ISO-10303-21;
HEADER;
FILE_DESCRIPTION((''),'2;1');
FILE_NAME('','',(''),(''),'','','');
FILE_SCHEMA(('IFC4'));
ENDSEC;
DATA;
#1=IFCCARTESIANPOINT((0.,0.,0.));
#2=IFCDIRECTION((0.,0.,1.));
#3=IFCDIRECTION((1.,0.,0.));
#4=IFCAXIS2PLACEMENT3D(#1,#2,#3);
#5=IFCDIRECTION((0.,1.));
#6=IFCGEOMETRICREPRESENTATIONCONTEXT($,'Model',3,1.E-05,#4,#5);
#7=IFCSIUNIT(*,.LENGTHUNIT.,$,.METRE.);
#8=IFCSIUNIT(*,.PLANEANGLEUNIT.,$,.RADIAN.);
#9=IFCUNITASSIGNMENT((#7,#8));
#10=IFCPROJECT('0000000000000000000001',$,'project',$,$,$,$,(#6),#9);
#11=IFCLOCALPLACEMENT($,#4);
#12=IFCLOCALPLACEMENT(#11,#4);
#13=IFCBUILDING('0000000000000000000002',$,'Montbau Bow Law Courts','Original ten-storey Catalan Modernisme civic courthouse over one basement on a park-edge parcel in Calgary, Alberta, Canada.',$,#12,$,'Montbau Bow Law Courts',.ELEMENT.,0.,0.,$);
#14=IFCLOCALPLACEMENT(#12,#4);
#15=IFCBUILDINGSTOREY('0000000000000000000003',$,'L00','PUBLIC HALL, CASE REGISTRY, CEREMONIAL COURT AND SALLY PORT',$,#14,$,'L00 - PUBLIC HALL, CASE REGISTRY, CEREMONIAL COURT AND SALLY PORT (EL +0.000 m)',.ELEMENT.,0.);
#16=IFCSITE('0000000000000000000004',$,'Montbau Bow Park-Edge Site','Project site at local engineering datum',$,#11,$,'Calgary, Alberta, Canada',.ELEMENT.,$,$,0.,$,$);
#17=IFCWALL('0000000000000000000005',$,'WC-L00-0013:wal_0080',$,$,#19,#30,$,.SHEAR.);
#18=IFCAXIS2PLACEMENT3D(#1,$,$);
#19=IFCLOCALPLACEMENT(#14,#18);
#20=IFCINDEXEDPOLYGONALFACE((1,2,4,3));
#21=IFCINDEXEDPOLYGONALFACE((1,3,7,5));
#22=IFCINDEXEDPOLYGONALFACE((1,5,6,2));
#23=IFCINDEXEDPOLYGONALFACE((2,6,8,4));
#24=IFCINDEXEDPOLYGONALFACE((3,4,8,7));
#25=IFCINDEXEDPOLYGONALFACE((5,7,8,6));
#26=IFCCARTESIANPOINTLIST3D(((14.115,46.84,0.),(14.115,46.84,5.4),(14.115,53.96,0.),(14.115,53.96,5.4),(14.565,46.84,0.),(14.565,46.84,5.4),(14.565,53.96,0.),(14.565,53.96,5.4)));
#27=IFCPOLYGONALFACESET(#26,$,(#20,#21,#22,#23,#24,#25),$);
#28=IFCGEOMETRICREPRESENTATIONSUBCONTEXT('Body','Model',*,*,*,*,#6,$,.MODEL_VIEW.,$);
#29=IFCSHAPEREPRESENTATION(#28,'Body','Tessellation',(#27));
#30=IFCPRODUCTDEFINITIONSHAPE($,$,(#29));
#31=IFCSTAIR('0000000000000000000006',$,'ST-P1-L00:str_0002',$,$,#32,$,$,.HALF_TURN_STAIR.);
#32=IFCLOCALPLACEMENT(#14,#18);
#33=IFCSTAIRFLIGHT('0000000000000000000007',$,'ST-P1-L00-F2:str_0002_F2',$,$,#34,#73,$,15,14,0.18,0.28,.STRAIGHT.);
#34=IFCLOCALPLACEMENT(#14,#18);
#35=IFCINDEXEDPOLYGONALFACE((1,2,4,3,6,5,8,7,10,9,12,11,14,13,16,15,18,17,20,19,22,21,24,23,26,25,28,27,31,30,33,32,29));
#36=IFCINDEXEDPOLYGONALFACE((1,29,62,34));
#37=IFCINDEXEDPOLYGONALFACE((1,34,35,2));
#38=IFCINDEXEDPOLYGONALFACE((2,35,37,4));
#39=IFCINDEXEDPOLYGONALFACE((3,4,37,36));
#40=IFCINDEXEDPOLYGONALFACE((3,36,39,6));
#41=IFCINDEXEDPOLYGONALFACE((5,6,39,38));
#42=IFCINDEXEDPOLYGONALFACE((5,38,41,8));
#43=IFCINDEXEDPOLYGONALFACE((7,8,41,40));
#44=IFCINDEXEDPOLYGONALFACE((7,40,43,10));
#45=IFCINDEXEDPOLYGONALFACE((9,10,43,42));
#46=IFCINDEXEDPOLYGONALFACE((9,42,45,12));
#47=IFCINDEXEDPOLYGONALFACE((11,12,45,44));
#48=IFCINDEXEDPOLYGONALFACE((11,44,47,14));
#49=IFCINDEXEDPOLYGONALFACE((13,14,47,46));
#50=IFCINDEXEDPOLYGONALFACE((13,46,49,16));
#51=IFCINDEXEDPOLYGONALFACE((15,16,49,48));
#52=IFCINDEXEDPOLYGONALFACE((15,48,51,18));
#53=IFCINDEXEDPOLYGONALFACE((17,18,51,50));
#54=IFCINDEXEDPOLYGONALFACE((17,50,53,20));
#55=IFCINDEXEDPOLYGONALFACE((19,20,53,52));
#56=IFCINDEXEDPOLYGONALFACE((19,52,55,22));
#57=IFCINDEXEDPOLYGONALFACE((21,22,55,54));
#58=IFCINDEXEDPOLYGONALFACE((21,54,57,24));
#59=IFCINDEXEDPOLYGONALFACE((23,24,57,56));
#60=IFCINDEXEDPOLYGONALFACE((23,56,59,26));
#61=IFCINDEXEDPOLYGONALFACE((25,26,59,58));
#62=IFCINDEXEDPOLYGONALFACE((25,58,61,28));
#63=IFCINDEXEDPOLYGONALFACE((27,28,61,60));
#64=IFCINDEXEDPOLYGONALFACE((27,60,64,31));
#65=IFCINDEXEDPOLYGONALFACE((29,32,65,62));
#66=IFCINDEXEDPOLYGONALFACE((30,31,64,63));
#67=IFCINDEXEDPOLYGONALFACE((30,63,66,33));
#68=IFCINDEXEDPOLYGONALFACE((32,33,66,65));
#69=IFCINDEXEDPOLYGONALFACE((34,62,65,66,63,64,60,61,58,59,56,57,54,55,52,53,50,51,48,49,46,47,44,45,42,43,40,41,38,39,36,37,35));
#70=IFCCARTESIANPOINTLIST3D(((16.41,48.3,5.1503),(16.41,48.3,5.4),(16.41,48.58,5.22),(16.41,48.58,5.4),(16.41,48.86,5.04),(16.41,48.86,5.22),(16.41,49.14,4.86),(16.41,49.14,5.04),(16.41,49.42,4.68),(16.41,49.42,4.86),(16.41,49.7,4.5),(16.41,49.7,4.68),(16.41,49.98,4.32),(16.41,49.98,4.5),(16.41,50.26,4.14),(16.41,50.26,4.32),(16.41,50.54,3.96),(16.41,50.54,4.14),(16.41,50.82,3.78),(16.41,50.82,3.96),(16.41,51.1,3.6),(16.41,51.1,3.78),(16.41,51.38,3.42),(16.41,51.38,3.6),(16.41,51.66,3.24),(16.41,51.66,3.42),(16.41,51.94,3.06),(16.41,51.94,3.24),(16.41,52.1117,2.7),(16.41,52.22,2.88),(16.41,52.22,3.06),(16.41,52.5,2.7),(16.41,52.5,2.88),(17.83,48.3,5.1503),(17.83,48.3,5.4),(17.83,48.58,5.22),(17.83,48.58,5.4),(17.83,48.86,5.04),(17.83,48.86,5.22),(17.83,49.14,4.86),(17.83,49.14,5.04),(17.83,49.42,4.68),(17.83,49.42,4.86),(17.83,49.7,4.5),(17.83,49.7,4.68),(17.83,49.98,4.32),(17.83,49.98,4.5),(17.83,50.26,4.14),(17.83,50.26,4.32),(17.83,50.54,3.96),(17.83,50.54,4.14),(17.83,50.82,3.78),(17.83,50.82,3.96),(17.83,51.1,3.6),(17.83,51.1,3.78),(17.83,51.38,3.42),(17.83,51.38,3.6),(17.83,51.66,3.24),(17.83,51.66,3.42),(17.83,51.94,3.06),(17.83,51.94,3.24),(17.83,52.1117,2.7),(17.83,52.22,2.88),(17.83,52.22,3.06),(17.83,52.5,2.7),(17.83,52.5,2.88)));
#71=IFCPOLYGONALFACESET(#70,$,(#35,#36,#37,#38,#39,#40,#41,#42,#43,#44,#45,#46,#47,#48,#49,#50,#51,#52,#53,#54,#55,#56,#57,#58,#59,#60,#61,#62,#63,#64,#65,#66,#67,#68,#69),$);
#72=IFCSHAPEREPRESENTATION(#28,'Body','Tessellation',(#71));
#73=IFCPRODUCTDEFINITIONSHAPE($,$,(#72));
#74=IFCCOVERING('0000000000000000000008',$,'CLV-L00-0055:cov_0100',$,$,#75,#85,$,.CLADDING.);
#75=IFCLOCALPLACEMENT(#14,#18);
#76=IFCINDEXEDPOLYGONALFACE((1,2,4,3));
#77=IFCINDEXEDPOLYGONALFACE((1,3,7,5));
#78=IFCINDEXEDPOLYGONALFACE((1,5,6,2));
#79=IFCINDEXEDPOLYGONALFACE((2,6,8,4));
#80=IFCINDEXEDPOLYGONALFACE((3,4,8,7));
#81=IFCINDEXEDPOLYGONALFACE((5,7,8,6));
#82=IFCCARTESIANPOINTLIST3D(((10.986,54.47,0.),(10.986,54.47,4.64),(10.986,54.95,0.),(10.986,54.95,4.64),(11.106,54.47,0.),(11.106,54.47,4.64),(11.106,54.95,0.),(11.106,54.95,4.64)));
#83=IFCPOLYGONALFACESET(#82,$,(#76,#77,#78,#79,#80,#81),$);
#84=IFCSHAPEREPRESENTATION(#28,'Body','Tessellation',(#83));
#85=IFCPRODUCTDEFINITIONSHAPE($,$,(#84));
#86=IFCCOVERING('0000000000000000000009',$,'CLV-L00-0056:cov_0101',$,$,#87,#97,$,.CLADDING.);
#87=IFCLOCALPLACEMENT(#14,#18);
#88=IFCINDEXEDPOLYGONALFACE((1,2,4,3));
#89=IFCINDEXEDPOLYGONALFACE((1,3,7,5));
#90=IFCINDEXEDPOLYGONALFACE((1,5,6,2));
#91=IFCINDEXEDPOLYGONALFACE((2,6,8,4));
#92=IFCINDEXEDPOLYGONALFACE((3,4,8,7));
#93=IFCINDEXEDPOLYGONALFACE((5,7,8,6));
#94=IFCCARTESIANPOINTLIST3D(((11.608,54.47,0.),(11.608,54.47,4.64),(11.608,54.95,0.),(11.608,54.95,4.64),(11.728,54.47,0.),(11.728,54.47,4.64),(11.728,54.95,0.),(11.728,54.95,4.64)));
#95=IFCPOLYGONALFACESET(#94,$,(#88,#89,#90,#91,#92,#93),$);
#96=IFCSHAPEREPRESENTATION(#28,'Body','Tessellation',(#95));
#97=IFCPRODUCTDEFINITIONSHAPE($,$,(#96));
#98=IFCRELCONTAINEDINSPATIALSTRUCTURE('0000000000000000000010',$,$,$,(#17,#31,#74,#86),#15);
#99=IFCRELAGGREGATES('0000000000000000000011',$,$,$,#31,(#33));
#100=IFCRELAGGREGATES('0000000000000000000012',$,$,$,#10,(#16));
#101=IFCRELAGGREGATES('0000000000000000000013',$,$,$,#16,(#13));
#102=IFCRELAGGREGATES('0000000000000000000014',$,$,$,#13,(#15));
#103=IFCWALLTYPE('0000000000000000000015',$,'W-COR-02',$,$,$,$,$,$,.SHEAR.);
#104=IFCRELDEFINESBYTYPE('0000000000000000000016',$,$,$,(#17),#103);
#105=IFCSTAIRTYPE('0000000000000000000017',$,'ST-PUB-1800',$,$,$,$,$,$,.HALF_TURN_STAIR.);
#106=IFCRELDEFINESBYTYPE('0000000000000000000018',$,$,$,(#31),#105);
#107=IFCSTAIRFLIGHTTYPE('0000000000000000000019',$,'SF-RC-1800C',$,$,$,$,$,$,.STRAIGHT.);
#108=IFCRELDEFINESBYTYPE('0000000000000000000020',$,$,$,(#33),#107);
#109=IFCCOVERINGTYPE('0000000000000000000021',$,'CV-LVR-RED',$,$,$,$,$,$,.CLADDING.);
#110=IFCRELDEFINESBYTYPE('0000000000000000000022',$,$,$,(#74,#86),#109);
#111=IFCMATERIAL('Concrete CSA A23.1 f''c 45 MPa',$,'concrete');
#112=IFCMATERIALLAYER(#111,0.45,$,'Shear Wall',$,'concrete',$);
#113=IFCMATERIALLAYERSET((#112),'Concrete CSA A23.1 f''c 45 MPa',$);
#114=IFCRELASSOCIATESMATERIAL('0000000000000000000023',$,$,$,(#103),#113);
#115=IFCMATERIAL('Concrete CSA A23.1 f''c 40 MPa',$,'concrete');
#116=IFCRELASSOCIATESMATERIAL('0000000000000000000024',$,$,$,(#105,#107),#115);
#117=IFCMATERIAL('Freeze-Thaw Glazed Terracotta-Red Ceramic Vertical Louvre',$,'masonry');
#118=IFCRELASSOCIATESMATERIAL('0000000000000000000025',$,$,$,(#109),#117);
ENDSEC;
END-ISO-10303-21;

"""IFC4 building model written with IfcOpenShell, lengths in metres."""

from ifc_helpers import new_model, si_unit, direction, frame, frame_2d, origin_with_axes, place, context, subcontext, project, spatial, polyline, rectangle, outline, extrude, material, layer, layer_set, type_object, element, aggregate, save


model = new_model("IFC4")

# Units and contexts
model_context = context("Model", 3, precision=1e-05, world=origin_with_axes(), true_north=direction((0.0, 1.0)))
body_context = subcontext(model_context, "Body", "Model", "MODEL_VIEW")
ifc_project = project(units=[si_unit("LENGTHUNIT", "METRE"), si_unit("PLANEANGLEUNIT", "RADIAN")], contexts=[model_context])

# Site, building, storey
site_placement = place(None, origin_with_axes())
site = spatial("IfcSite", under=ifc_project, at=site_placement, Name="Montbau Bow Park-Edge Site", Description="Project site at local engineering datum", LongName="Calgary, Alberta, Canada", CompositionType="ELEMENT", RefElevation=0.0)
building_placement = place(site_placement, origin_with_axes())
building = spatial("IfcBuilding", under=site, at=building_placement, Name="Montbau Bow Law Courts", Description="Original ten-storey Catalan Modernisme civic courthouse over one basement on a park-edge parcel in Calgary, Alberta, Canada.", LongName="Montbau Bow Law Courts", CompositionType="ELEMENT", ElevationOfRefHeight=0.0, ElevationOfTerrain=0.0)
storey_placement = place(building_placement, origin_with_axes())
storey = spatial("IfcBuildingStorey", under=building, at=storey_placement, Name="L00", Description="PUBLIC HALL, CASE REGISTRY, CEREMONIAL COURT AND SALLY PORT", LongName="L00 - PUBLIC HALL, CASE REGISTRY, CEREMONIAL COURT AND SALLY PORT (EL +0.000 m)", CompositionType="ELEMENT", Elevation=0.0)

# Wall
ifc_material_1 = material(Name="Concrete CSA A23.1 f'c 45 MPa", Category="concrete")
ifc_layer_1 = layer(ifc_material_1, 0.45, Name="Shear Wall", Category="concrete")
ifc_layer_set_1 = layer_set([ifc_layer_1], Name="Concrete CSA A23.1 f'c 45 MPa")
wall_type = type_object("IfcWallType", Name="W-COR-02", PredefinedType="SHEAR", material=ifc_layer_set_1)
wall_placement = place(None, frame((14.34, 53.96, 0.0), z_axis=(0.0, 0.0, 1.0), x_axis=(0.0, -1.0, 0.0)))
element("IfcWall", 1, at=wall_placement, inside=storey, type_object=wall_type, Name="WC-L00-0013:wal_0080", PredefinedType="SHEAR", context=body_context, shape_type="SweptSolid", body=[
    extrude(rectangle(XDim=7.12, YDim=0.45, at=frame_2d((3.56, 0.0), x_axis=(1.0, 0.0))), origin_with_axes(), (0.0, 0.0, 1.0), 5.4),
])

# Stair, stair flight
ifc_material_2 = material(Name="Concrete CSA A23.1 f'c 40 MPa", Category="concrete")
stair_type = type_object("IfcStairType", Name="ST-PUB-1800", PredefinedType="HALF_TURN_STAIR", material=ifc_material_2)
stair_placement = place(None, frame((15.305, 48.3, 0.0), z_axis=(0.0, 0.0, 1.0), x_axis=(1.0, 0.0, 0.0)))
stair = element("IfcStair", 2, at=stair_placement, inside=storey, type_object=stair_type, Name="ST-P1-L00:str_0002", PredefinedType="HALF_TURN_STAIR")
stair_flight_type = type_object("IfcStairFlightType", Name="SF-RC-1800C", PredefinedType="STRAIGHT", material=ifc_material_2)
stair_flight_placement = place(None, frame((17.12, 52.5, 2.7), z_axis=(0.0, 0.0, 1.0), x_axis=(0.0, -1.0, 0.0)))
stair_flight = element("IfcStairFlight", 3, at=stair_flight_placement, type_object=stair_flight_type, Name="ST-P1-L00-F2:str_0002_F2", NumberOfRisers=15, NumberOfTreads=14, PredefinedType="STRAIGHT", RiserHeight=0.18, TreadLength=0.28, context=body_context, shape_type="SweptSolid", body=[
    extrude(outline(polyline([(0.0, 0.0), (0.0, 0.18), (0.28, 0.18), (0.28, 0.36), (0.56, 0.36), (0.56, 0.54), (0.84, 0.54), (0.84, 0.72), (1.12, 0.72), (1.12, 0.9), (1.4, 0.9), (1.4, 1.08), (1.68, 1.08), (1.68, 1.26), (1.96, 1.26), (1.96, 1.44), (2.24, 1.44), (2.24, 1.62), (2.52, 1.62), (2.52, 1.8), (2.8, 1.8), (2.8, 1.98), (3.08, 1.98), (3.08, 2.16), (3.36, 2.16), (3.36, 2.34), (3.64, 2.34), (3.64, 2.52), (3.92, 2.52), (3.92, 2.7), (4.2, 2.7), (4.2, 2.4503), (0.3883, 0.0), (0.0, 0.0)])), frame((0.0, 0.71, 0.0), z_axis=(0.0, -1.0, 0.0), x_axis=(1.0, 0.0, 0.0)), (0.0, 0.0, 1.0), 1.42),
])
aggregate(stair, [stair_flight])

# Coverings
ifc_material_3 = material(Name="Freeze-Thaw Glazed Terracotta-Red Ceramic Vertical Louvre", Category="masonry")
covering_type = type_object("IfcCoveringType", Name="CV-LVR-RED", PredefinedType="CLADDING", material=ifc_material_3)
for number, where, z_axis, x_axis, name in (
    (4, (11.046, 54.47, 0.0), (1.0, 0.0, 0.0), (0.0, 1.0, 0.0), "CLV-L00-0055:cov_0100"),
    (5, (11.668, 54.47, 0.0), (1.0, 0.0, 0.0), (0.0, 1.0, 0.0), "CLV-L00-0056:cov_0101"),
):
    element("IfcCovering", number, at=place(None, frame(where, z_axis=z_axis, x_axis=x_axis)), inside=storey, type_object=covering_type, Name=name, PredefinedType="CLADDING", context=body_context, shape_type="SweptSolid", body=[
        extrude(rectangle(XDim=0.48, YDim=4.64, at=frame_2d((0.24, 2.32), x_axis=(1.0, 0.0))), frame((0.0, 0.0, -0.06), z_axis=(0.0, 0.0, 1.0), x_axis=(1.0, 0.0, 0.0)), (0.0, 0.0, 1.0), 0.12),
    ])

save(model, "model.ifc")
